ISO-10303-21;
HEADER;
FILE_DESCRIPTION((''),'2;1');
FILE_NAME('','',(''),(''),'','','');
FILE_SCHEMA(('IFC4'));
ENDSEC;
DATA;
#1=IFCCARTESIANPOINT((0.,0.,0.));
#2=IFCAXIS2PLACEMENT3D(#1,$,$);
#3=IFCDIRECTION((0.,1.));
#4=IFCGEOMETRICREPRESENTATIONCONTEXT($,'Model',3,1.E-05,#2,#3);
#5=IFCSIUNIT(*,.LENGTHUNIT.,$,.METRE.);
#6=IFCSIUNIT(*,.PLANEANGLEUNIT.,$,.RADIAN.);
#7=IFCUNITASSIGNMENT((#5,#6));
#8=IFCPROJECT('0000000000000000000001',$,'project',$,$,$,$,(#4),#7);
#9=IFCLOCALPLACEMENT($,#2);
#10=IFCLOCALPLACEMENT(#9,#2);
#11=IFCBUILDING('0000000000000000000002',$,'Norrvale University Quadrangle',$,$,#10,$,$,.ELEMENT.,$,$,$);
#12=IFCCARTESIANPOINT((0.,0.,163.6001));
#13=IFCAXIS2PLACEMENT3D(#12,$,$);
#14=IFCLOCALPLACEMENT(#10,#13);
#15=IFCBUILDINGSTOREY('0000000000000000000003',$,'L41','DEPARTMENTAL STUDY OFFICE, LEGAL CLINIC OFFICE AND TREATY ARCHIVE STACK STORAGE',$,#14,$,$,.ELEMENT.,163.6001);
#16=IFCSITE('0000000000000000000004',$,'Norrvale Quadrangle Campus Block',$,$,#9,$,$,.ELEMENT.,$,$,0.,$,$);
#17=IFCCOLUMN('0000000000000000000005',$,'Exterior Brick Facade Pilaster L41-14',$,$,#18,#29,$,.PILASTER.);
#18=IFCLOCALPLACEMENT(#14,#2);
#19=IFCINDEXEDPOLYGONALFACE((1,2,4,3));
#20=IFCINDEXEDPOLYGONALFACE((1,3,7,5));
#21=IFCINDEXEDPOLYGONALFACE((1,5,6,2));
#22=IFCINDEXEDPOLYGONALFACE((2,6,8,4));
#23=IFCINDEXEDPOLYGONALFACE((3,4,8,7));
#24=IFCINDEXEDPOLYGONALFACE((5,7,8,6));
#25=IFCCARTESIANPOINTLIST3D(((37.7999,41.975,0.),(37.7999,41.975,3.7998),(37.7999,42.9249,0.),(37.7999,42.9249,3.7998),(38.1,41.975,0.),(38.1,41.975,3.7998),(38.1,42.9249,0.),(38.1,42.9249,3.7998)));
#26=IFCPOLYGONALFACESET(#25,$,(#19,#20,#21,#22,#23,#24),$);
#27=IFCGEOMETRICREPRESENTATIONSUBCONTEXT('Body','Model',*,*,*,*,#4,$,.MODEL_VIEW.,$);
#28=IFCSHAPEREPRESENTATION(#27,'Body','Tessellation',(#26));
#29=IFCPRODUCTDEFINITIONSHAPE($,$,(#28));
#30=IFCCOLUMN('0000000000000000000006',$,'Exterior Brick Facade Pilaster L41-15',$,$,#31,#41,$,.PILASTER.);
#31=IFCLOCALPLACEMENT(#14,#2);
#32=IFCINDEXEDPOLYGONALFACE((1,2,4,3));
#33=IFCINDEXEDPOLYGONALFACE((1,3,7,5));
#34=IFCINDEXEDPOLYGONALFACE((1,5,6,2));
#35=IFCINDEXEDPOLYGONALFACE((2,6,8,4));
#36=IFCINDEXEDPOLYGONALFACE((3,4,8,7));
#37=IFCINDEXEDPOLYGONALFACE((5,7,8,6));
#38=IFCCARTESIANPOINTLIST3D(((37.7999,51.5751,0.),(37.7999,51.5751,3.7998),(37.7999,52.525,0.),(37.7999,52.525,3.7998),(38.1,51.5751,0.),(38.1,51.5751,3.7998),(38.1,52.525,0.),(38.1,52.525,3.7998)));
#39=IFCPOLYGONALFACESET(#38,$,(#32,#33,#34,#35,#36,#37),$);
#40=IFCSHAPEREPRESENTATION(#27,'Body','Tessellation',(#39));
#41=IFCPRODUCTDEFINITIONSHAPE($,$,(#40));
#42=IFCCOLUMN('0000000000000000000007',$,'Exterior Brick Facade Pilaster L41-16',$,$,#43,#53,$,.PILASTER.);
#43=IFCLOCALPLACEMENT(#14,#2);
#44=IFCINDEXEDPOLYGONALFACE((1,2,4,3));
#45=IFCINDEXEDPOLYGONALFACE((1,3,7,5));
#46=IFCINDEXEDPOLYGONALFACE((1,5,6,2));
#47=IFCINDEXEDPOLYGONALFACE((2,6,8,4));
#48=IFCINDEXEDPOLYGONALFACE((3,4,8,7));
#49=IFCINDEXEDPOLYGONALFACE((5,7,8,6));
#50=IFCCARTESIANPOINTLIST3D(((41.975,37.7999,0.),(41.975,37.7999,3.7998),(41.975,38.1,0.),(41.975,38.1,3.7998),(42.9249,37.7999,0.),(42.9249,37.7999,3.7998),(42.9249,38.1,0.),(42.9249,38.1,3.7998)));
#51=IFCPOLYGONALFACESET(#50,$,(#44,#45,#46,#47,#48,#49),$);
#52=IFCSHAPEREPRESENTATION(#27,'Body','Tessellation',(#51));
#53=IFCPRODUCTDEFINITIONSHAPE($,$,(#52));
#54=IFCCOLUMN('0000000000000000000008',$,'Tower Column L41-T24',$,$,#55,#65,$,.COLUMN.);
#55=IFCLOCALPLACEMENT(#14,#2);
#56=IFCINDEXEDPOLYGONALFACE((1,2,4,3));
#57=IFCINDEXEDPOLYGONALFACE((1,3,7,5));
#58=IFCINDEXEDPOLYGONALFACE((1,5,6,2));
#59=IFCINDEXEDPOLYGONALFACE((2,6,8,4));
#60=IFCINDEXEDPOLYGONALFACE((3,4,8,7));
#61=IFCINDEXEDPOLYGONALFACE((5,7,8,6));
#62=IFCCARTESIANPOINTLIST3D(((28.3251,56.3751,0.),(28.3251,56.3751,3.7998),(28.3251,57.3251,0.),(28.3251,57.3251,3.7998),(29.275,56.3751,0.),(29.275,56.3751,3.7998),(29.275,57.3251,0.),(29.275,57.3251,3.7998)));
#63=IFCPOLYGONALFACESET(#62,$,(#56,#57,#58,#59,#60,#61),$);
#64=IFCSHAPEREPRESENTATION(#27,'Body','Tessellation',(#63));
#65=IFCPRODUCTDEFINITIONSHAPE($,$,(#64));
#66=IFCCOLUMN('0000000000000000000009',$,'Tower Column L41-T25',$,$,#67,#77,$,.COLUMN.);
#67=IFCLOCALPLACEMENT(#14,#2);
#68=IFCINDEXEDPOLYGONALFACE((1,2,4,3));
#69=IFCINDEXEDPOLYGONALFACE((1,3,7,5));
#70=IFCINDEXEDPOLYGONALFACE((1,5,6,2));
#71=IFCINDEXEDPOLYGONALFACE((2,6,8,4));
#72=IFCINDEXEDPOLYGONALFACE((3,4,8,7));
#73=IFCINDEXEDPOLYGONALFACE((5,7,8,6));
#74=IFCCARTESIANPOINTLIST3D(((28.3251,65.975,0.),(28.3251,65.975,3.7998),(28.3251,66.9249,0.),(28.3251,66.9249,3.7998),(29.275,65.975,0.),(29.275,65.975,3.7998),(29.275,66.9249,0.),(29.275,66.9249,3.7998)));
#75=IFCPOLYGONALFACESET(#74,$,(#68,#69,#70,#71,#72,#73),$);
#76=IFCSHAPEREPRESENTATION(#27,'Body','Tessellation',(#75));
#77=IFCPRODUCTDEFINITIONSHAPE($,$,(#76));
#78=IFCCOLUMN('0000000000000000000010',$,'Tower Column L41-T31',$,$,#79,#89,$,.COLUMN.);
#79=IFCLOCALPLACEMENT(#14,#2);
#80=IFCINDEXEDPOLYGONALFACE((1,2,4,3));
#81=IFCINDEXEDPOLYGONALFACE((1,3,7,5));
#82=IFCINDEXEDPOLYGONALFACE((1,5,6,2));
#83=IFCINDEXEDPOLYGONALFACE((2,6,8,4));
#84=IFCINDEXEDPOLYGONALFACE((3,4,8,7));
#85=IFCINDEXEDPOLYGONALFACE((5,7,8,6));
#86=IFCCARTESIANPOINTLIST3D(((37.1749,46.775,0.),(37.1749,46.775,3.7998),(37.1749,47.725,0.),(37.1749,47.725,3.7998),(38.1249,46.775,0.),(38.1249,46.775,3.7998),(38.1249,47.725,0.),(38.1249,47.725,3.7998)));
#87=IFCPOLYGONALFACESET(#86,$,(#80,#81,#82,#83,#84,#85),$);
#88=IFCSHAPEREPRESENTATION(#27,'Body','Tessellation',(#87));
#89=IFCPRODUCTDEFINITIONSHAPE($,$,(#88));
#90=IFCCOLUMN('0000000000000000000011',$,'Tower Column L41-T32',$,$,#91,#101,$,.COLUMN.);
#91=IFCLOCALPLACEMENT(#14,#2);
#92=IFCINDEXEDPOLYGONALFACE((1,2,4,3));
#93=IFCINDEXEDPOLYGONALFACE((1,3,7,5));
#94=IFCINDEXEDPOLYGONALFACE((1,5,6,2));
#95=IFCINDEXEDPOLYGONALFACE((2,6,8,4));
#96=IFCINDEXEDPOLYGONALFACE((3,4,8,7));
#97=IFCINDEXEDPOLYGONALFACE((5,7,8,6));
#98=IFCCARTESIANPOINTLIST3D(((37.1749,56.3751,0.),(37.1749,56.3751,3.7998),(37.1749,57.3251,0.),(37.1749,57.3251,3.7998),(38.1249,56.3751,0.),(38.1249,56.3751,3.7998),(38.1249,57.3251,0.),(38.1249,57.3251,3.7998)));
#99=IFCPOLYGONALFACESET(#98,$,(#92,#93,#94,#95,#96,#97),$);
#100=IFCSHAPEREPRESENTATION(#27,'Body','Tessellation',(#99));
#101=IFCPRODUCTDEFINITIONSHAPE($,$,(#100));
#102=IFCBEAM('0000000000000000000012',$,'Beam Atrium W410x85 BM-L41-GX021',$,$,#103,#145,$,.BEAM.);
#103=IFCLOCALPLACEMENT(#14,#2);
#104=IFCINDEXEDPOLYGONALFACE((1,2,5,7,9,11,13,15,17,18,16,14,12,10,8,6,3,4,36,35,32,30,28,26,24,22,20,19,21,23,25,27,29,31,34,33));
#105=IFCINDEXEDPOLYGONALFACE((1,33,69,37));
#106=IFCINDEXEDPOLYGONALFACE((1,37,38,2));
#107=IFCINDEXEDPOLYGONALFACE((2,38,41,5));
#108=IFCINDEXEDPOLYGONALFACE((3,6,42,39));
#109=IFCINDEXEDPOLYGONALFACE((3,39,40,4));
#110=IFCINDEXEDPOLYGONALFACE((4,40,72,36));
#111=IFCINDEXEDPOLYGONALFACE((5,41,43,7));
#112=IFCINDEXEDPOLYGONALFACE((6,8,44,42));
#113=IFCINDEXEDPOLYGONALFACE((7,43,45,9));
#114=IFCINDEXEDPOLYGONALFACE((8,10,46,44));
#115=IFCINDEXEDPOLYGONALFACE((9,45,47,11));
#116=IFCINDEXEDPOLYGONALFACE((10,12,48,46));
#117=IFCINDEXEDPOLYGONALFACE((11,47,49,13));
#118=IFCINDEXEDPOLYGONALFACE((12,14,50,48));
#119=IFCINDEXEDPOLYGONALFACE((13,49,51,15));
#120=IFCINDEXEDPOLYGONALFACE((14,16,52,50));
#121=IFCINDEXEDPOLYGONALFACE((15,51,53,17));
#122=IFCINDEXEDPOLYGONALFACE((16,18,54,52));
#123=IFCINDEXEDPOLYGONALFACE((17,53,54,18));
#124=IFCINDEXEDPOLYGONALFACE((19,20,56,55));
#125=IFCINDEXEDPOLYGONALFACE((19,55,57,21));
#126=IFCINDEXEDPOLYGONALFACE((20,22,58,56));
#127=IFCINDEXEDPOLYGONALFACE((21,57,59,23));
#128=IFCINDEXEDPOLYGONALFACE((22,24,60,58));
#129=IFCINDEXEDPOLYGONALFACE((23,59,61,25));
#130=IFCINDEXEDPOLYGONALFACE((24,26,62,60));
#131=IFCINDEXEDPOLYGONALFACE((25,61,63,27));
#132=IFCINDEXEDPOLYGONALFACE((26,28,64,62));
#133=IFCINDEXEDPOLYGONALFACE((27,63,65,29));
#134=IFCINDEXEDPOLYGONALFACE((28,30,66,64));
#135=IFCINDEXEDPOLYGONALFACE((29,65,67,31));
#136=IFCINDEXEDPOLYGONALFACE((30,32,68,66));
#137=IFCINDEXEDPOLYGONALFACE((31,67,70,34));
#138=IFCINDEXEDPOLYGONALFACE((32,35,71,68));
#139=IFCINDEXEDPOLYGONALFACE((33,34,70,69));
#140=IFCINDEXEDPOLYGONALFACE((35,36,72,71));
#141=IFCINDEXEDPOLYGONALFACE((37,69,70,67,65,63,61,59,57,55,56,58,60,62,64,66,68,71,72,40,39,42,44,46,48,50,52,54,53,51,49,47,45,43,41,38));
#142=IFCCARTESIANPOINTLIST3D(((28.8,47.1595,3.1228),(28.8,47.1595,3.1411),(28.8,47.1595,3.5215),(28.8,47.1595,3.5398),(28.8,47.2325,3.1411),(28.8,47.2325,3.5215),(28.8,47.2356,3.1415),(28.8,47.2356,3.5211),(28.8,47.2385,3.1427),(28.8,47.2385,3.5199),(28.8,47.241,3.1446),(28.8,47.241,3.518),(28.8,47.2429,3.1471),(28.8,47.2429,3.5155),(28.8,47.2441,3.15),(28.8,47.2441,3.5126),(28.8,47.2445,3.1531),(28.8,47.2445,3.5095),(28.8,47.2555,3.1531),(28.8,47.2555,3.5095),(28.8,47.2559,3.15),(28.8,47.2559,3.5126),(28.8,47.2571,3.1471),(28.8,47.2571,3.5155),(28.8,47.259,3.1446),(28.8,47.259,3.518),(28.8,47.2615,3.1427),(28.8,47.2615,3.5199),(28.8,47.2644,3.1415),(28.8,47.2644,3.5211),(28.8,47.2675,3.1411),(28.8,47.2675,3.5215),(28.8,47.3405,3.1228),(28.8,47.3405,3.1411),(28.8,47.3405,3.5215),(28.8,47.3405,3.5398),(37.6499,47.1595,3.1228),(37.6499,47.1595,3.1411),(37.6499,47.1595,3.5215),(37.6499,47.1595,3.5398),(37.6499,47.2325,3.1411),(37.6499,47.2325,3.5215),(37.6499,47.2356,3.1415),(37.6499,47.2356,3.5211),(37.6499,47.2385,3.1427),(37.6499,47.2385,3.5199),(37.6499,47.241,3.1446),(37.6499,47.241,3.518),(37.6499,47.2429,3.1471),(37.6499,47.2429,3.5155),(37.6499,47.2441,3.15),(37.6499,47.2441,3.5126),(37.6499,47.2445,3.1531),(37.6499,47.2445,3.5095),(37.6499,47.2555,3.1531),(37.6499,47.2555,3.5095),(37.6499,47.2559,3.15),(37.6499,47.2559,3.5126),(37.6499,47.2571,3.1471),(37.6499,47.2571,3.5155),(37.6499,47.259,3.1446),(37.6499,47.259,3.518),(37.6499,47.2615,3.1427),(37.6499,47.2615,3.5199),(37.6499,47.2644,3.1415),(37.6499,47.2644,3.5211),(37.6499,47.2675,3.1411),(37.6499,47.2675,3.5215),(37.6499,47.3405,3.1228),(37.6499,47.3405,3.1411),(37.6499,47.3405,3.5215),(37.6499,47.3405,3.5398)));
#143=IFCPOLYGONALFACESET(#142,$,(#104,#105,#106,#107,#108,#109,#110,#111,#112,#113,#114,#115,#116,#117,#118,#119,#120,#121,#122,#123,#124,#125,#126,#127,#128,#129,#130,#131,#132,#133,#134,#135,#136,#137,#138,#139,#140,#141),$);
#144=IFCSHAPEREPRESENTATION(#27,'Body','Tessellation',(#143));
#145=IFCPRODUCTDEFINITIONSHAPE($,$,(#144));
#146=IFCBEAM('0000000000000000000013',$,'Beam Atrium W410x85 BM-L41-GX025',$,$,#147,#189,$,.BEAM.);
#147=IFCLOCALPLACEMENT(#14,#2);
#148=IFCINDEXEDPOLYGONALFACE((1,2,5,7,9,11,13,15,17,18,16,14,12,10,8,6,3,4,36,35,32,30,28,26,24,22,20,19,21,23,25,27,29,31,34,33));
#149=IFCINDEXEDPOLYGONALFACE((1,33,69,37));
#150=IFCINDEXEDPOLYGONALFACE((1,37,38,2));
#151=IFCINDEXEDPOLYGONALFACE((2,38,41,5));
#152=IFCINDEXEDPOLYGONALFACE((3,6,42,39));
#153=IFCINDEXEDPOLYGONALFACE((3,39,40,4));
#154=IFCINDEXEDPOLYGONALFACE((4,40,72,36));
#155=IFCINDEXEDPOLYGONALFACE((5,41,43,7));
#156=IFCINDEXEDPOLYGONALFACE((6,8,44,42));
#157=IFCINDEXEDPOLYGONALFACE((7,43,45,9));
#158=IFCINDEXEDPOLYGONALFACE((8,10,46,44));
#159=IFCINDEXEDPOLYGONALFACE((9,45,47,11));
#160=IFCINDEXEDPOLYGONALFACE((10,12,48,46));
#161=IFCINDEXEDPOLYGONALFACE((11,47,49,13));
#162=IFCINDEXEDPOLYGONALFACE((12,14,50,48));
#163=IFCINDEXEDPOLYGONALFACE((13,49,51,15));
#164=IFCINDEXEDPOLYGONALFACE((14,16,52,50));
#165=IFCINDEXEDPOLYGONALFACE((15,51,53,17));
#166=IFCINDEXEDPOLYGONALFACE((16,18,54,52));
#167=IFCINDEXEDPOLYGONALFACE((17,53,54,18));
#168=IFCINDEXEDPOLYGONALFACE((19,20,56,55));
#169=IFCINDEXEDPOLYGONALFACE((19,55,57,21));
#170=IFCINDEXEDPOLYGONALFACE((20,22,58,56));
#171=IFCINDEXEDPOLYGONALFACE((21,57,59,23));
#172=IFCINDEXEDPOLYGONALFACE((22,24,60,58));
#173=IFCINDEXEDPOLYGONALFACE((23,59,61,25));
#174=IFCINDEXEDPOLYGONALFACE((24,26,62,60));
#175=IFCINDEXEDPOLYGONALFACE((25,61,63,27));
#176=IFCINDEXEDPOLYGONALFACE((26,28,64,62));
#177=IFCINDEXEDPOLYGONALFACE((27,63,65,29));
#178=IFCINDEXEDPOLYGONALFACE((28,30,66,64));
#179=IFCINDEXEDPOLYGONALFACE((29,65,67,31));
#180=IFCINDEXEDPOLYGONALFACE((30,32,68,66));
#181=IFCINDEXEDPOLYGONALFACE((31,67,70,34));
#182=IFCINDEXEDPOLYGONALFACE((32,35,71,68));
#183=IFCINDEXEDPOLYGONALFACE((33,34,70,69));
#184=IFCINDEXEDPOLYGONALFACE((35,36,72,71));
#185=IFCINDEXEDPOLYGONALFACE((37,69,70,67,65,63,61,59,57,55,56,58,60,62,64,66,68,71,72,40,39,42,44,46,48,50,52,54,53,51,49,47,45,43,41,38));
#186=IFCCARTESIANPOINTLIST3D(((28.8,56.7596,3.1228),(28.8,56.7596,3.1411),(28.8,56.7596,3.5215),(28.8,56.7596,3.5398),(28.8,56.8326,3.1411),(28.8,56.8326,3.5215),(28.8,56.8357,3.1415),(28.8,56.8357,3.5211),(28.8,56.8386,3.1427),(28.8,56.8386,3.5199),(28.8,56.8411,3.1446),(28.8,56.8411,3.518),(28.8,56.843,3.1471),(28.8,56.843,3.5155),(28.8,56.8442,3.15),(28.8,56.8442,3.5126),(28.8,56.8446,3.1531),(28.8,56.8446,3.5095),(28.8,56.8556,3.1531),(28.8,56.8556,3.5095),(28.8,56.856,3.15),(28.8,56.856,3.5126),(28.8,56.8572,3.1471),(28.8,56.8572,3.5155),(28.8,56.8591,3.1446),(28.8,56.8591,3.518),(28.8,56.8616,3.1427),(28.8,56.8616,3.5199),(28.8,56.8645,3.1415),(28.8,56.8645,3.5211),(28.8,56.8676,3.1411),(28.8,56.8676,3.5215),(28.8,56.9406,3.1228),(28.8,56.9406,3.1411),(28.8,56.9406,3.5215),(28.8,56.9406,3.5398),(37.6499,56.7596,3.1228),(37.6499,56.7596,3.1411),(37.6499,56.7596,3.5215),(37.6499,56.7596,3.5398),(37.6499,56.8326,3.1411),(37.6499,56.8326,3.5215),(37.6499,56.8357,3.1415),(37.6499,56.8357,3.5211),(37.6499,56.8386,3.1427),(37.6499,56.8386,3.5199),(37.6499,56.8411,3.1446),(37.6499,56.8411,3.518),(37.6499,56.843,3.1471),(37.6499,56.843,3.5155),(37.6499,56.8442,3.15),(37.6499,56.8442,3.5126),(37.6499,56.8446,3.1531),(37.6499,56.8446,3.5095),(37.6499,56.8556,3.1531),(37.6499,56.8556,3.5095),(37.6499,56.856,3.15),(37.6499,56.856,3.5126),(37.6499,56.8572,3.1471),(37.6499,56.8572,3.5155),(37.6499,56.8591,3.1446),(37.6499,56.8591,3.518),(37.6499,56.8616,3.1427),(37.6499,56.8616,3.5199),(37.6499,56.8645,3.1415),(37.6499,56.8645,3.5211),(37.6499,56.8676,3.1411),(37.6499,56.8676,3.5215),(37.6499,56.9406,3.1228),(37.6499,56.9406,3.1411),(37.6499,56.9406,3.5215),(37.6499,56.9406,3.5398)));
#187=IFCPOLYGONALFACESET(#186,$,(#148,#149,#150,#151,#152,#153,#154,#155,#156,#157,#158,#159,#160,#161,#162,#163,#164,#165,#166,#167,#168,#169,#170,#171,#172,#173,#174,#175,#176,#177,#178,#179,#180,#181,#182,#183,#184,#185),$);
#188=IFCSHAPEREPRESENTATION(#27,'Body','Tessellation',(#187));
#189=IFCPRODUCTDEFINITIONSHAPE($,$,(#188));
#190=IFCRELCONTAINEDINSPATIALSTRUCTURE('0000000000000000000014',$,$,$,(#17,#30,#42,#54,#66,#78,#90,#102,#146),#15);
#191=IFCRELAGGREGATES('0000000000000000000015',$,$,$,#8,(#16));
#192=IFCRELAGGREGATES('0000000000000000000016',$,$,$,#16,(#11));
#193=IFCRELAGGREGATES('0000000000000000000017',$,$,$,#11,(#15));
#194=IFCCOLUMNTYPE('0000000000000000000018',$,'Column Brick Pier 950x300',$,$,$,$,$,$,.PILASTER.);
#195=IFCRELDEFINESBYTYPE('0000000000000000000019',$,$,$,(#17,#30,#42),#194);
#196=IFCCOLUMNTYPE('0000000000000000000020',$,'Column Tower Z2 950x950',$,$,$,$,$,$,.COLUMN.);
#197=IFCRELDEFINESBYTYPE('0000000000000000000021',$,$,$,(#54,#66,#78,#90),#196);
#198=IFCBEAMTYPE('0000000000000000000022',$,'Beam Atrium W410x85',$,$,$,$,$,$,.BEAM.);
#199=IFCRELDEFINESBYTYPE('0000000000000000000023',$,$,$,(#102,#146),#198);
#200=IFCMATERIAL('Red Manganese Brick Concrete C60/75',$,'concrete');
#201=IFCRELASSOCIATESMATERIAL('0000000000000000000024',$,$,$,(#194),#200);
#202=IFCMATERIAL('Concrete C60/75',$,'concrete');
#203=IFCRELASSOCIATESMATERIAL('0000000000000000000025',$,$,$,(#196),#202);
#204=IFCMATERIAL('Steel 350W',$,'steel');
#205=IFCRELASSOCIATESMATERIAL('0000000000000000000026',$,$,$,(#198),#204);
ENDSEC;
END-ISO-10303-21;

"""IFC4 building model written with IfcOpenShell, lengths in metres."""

from ifc_helpers import new_model, si_unit, direction, frame, origin, origin_2d, place, context, subcontext, project, spatial, rectangle, i_section, extrude, material, material_profile, profile_set, type_object, element, save


model = new_model("IFC4")

# Units and contexts
model_context = context("Model", 3, precision=1e-05, world=origin(), true_north=direction((0.0, 1.0)))
body_context = subcontext(model_context, "Body", "Model", "MODEL_VIEW")
ifc_project = project(units=[si_unit("LENGTHUNIT", "METRE"), si_unit("PLANEANGLEUNIT", "RADIAN")], contexts=[model_context])

# Site, building, storey
site_placement = place(None, origin())
site = spatial("IfcSite", under=ifc_project, at=site_placement, Name="Norrvale Quadrangle Campus Block", CompositionType="ELEMENT", RefElevation=0.0)
building_placement = place(site_placement, origin())
building = spatial("IfcBuilding", under=site, at=building_placement, Name="Norrvale University Quadrangle", CompositionType="ELEMENT")
storey_placement = place(building_placement, frame((0.0, 0.0, 163.6001)))
storey = spatial("IfcBuildingStorey", under=building, at=storey_placement, Name="L41", Description="DEPARTMENTAL STUDY OFFICE, LEGAL CLINIC OFFICE AND TREATY ARCHIVE STACK STORAGE", CompositionType="ELEMENT", Elevation=163.6001)

# Columns
ifc_material_1 = material(Name="Red Manganese Brick Concrete C60/75", Category="concrete")
ifc_material_profile_1 = material_profile(ifc_material_1, rectangle(XDim=0.95, YDim=0.3, at=origin_2d()), Name="Red Manganese Brick Concrete C60/75")
ifc_profile_set_1 = profile_set([ifc_material_profile_1], Name="Red Manganese Brick Concrete C60/75")
column_type_1 = type_object("IfcColumnType", Name="Column Brick Pier 950x300", PredefinedType="PILASTER", material=ifc_profile_set_1)
for number, where, z_axis, x_axis, name in (
    (1, (37.95, 42.45, 0.0), (0.0, 0.0, 1.0), (0.0, 1.0, 0.0), "Exterior Brick Facade Pilaster L41-14"),
    (2, (37.95, 52.05, 0.0), (0.0, 0.0, 1.0), (0.0, 1.0, 0.0), "Exterior Brick Facade Pilaster L41-15"),
    (3, (42.45, 37.95, 0.0), (0.0, 0.0, 1.0), (1.0, 0.0, 0.0), "Exterior Brick Facade Pilaster L41-16"),
):
    element("IfcColumn", number, at=place(storey_placement, frame(where, z_axis=z_axis, x_axis=x_axis)), inside=storey, type_object=column_type_1, Name=name, PredefinedType="PILASTER", context=body_context, shape_type="SweptSolid", body=[
        extrude(rectangle(XDim=0.95, YDim=0.3, at=origin_2d()), origin(), (0.0, 0.0, 1.0), 3.7998),
    ])
ifc_material_2 = material(Name="Concrete C60/75", Category="concrete")
ifc_material_profile_2 = material_profile(ifc_material_2, rectangle(XDim=0.95, YDim=0.95, at=origin_2d()), Name="Concrete C60/75")
ifc_profile_set_2 = profile_set([ifc_material_profile_2], Name="Concrete C60/75")
column_type_2 = type_object("IfcColumnType", Name="Column Tower Z2 950x950", PredefinedType="COLUMN", material=ifc_profile_set_2)
for number, where, z_axis, x_axis, name in (
    (4, (28.8, 56.8501, 0.0), (0.0, 0.0, 1.0), (1.0, 0.0, 0.0), "Tower Column L41-T24"),
    (5, (28.8, 66.45, 0.0), (0.0, 0.0, 1.0), (1.0, 0.0, 0.0), "Tower Column L41-T25"),
    (6, (37.6499, 47.25, 0.0), (0.0, 0.0, 1.0), (1.0, 0.0, 0.0), "Tower Column L41-T31"),
    (7, (37.6499, 56.8501, 0.0), (0.0, 0.0, 1.0), (1.0, 0.0, 0.0), "Tower Column L41-T32"),
):
    element("IfcColumn", number, at=place(storey_placement, frame(where, z_axis=z_axis, x_axis=x_axis)), inside=storey, type_object=column_type_2, Name=name, PredefinedType="COLUMN", context=body_context, shape_type="SweptSolid", body=[
        extrude(rectangle(XDim=0.95, YDim=0.95, at=origin_2d()), origin(), (0.0, 0.0, 1.0), 3.7998),
    ])

# Beams
ifc_material_3 = material(Name="Steel 350W", Category="steel")
ifc_material_profile_3 = material_profile(ifc_material_3, i_section(OverallWidth=0.1809, OverallDepth=0.417, WebThickness=0.011, FlangeThickness=0.0183, FilletRadius=0.012, at=origin_2d()), Name="Steel 350W")
ifc_profile_set_3 = profile_set([ifc_material_profile_3], Name="Steel 350W")
beam_type_1 = type_object("IfcBeamType", Name="Beam Atrium W410x85", PredefinedType="BEAM", material=ifc_profile_set_3)
for number, where, z_axis, x_axis, name in (
    (8, (28.8, 47.25, 3.3313), (1.0, 0.0, 0.0), (0.0, 1.0, 0.0), "Beam Atrium W410x85 BM-L41-GX021"),
    (9, (28.8, 56.8501, 3.3313), (1.0, 0.0, 0.0), (0.0, 1.0, 0.0), "Beam Atrium W410x85 BM-L41-GX025"),
):
    element("IfcBeam", number, at=place(storey_placement, frame(where, z_axis=z_axis, x_axis=x_axis)), inside=storey, type_object=beam_type_1, Name=name, PredefinedType="BEAM", context=body_context, shape_type="SweptSolid", body=[
        extrude(i_section(OverallWidth=0.1809, OverallDepth=0.417, WebThickness=0.011, FlangeThickness=0.0183, FilletRadius=0.012, at=origin_2d()), origin(), (0.0, 0.0, 1.0), 8.8499),
    ])

save(model, "model.ifc")
